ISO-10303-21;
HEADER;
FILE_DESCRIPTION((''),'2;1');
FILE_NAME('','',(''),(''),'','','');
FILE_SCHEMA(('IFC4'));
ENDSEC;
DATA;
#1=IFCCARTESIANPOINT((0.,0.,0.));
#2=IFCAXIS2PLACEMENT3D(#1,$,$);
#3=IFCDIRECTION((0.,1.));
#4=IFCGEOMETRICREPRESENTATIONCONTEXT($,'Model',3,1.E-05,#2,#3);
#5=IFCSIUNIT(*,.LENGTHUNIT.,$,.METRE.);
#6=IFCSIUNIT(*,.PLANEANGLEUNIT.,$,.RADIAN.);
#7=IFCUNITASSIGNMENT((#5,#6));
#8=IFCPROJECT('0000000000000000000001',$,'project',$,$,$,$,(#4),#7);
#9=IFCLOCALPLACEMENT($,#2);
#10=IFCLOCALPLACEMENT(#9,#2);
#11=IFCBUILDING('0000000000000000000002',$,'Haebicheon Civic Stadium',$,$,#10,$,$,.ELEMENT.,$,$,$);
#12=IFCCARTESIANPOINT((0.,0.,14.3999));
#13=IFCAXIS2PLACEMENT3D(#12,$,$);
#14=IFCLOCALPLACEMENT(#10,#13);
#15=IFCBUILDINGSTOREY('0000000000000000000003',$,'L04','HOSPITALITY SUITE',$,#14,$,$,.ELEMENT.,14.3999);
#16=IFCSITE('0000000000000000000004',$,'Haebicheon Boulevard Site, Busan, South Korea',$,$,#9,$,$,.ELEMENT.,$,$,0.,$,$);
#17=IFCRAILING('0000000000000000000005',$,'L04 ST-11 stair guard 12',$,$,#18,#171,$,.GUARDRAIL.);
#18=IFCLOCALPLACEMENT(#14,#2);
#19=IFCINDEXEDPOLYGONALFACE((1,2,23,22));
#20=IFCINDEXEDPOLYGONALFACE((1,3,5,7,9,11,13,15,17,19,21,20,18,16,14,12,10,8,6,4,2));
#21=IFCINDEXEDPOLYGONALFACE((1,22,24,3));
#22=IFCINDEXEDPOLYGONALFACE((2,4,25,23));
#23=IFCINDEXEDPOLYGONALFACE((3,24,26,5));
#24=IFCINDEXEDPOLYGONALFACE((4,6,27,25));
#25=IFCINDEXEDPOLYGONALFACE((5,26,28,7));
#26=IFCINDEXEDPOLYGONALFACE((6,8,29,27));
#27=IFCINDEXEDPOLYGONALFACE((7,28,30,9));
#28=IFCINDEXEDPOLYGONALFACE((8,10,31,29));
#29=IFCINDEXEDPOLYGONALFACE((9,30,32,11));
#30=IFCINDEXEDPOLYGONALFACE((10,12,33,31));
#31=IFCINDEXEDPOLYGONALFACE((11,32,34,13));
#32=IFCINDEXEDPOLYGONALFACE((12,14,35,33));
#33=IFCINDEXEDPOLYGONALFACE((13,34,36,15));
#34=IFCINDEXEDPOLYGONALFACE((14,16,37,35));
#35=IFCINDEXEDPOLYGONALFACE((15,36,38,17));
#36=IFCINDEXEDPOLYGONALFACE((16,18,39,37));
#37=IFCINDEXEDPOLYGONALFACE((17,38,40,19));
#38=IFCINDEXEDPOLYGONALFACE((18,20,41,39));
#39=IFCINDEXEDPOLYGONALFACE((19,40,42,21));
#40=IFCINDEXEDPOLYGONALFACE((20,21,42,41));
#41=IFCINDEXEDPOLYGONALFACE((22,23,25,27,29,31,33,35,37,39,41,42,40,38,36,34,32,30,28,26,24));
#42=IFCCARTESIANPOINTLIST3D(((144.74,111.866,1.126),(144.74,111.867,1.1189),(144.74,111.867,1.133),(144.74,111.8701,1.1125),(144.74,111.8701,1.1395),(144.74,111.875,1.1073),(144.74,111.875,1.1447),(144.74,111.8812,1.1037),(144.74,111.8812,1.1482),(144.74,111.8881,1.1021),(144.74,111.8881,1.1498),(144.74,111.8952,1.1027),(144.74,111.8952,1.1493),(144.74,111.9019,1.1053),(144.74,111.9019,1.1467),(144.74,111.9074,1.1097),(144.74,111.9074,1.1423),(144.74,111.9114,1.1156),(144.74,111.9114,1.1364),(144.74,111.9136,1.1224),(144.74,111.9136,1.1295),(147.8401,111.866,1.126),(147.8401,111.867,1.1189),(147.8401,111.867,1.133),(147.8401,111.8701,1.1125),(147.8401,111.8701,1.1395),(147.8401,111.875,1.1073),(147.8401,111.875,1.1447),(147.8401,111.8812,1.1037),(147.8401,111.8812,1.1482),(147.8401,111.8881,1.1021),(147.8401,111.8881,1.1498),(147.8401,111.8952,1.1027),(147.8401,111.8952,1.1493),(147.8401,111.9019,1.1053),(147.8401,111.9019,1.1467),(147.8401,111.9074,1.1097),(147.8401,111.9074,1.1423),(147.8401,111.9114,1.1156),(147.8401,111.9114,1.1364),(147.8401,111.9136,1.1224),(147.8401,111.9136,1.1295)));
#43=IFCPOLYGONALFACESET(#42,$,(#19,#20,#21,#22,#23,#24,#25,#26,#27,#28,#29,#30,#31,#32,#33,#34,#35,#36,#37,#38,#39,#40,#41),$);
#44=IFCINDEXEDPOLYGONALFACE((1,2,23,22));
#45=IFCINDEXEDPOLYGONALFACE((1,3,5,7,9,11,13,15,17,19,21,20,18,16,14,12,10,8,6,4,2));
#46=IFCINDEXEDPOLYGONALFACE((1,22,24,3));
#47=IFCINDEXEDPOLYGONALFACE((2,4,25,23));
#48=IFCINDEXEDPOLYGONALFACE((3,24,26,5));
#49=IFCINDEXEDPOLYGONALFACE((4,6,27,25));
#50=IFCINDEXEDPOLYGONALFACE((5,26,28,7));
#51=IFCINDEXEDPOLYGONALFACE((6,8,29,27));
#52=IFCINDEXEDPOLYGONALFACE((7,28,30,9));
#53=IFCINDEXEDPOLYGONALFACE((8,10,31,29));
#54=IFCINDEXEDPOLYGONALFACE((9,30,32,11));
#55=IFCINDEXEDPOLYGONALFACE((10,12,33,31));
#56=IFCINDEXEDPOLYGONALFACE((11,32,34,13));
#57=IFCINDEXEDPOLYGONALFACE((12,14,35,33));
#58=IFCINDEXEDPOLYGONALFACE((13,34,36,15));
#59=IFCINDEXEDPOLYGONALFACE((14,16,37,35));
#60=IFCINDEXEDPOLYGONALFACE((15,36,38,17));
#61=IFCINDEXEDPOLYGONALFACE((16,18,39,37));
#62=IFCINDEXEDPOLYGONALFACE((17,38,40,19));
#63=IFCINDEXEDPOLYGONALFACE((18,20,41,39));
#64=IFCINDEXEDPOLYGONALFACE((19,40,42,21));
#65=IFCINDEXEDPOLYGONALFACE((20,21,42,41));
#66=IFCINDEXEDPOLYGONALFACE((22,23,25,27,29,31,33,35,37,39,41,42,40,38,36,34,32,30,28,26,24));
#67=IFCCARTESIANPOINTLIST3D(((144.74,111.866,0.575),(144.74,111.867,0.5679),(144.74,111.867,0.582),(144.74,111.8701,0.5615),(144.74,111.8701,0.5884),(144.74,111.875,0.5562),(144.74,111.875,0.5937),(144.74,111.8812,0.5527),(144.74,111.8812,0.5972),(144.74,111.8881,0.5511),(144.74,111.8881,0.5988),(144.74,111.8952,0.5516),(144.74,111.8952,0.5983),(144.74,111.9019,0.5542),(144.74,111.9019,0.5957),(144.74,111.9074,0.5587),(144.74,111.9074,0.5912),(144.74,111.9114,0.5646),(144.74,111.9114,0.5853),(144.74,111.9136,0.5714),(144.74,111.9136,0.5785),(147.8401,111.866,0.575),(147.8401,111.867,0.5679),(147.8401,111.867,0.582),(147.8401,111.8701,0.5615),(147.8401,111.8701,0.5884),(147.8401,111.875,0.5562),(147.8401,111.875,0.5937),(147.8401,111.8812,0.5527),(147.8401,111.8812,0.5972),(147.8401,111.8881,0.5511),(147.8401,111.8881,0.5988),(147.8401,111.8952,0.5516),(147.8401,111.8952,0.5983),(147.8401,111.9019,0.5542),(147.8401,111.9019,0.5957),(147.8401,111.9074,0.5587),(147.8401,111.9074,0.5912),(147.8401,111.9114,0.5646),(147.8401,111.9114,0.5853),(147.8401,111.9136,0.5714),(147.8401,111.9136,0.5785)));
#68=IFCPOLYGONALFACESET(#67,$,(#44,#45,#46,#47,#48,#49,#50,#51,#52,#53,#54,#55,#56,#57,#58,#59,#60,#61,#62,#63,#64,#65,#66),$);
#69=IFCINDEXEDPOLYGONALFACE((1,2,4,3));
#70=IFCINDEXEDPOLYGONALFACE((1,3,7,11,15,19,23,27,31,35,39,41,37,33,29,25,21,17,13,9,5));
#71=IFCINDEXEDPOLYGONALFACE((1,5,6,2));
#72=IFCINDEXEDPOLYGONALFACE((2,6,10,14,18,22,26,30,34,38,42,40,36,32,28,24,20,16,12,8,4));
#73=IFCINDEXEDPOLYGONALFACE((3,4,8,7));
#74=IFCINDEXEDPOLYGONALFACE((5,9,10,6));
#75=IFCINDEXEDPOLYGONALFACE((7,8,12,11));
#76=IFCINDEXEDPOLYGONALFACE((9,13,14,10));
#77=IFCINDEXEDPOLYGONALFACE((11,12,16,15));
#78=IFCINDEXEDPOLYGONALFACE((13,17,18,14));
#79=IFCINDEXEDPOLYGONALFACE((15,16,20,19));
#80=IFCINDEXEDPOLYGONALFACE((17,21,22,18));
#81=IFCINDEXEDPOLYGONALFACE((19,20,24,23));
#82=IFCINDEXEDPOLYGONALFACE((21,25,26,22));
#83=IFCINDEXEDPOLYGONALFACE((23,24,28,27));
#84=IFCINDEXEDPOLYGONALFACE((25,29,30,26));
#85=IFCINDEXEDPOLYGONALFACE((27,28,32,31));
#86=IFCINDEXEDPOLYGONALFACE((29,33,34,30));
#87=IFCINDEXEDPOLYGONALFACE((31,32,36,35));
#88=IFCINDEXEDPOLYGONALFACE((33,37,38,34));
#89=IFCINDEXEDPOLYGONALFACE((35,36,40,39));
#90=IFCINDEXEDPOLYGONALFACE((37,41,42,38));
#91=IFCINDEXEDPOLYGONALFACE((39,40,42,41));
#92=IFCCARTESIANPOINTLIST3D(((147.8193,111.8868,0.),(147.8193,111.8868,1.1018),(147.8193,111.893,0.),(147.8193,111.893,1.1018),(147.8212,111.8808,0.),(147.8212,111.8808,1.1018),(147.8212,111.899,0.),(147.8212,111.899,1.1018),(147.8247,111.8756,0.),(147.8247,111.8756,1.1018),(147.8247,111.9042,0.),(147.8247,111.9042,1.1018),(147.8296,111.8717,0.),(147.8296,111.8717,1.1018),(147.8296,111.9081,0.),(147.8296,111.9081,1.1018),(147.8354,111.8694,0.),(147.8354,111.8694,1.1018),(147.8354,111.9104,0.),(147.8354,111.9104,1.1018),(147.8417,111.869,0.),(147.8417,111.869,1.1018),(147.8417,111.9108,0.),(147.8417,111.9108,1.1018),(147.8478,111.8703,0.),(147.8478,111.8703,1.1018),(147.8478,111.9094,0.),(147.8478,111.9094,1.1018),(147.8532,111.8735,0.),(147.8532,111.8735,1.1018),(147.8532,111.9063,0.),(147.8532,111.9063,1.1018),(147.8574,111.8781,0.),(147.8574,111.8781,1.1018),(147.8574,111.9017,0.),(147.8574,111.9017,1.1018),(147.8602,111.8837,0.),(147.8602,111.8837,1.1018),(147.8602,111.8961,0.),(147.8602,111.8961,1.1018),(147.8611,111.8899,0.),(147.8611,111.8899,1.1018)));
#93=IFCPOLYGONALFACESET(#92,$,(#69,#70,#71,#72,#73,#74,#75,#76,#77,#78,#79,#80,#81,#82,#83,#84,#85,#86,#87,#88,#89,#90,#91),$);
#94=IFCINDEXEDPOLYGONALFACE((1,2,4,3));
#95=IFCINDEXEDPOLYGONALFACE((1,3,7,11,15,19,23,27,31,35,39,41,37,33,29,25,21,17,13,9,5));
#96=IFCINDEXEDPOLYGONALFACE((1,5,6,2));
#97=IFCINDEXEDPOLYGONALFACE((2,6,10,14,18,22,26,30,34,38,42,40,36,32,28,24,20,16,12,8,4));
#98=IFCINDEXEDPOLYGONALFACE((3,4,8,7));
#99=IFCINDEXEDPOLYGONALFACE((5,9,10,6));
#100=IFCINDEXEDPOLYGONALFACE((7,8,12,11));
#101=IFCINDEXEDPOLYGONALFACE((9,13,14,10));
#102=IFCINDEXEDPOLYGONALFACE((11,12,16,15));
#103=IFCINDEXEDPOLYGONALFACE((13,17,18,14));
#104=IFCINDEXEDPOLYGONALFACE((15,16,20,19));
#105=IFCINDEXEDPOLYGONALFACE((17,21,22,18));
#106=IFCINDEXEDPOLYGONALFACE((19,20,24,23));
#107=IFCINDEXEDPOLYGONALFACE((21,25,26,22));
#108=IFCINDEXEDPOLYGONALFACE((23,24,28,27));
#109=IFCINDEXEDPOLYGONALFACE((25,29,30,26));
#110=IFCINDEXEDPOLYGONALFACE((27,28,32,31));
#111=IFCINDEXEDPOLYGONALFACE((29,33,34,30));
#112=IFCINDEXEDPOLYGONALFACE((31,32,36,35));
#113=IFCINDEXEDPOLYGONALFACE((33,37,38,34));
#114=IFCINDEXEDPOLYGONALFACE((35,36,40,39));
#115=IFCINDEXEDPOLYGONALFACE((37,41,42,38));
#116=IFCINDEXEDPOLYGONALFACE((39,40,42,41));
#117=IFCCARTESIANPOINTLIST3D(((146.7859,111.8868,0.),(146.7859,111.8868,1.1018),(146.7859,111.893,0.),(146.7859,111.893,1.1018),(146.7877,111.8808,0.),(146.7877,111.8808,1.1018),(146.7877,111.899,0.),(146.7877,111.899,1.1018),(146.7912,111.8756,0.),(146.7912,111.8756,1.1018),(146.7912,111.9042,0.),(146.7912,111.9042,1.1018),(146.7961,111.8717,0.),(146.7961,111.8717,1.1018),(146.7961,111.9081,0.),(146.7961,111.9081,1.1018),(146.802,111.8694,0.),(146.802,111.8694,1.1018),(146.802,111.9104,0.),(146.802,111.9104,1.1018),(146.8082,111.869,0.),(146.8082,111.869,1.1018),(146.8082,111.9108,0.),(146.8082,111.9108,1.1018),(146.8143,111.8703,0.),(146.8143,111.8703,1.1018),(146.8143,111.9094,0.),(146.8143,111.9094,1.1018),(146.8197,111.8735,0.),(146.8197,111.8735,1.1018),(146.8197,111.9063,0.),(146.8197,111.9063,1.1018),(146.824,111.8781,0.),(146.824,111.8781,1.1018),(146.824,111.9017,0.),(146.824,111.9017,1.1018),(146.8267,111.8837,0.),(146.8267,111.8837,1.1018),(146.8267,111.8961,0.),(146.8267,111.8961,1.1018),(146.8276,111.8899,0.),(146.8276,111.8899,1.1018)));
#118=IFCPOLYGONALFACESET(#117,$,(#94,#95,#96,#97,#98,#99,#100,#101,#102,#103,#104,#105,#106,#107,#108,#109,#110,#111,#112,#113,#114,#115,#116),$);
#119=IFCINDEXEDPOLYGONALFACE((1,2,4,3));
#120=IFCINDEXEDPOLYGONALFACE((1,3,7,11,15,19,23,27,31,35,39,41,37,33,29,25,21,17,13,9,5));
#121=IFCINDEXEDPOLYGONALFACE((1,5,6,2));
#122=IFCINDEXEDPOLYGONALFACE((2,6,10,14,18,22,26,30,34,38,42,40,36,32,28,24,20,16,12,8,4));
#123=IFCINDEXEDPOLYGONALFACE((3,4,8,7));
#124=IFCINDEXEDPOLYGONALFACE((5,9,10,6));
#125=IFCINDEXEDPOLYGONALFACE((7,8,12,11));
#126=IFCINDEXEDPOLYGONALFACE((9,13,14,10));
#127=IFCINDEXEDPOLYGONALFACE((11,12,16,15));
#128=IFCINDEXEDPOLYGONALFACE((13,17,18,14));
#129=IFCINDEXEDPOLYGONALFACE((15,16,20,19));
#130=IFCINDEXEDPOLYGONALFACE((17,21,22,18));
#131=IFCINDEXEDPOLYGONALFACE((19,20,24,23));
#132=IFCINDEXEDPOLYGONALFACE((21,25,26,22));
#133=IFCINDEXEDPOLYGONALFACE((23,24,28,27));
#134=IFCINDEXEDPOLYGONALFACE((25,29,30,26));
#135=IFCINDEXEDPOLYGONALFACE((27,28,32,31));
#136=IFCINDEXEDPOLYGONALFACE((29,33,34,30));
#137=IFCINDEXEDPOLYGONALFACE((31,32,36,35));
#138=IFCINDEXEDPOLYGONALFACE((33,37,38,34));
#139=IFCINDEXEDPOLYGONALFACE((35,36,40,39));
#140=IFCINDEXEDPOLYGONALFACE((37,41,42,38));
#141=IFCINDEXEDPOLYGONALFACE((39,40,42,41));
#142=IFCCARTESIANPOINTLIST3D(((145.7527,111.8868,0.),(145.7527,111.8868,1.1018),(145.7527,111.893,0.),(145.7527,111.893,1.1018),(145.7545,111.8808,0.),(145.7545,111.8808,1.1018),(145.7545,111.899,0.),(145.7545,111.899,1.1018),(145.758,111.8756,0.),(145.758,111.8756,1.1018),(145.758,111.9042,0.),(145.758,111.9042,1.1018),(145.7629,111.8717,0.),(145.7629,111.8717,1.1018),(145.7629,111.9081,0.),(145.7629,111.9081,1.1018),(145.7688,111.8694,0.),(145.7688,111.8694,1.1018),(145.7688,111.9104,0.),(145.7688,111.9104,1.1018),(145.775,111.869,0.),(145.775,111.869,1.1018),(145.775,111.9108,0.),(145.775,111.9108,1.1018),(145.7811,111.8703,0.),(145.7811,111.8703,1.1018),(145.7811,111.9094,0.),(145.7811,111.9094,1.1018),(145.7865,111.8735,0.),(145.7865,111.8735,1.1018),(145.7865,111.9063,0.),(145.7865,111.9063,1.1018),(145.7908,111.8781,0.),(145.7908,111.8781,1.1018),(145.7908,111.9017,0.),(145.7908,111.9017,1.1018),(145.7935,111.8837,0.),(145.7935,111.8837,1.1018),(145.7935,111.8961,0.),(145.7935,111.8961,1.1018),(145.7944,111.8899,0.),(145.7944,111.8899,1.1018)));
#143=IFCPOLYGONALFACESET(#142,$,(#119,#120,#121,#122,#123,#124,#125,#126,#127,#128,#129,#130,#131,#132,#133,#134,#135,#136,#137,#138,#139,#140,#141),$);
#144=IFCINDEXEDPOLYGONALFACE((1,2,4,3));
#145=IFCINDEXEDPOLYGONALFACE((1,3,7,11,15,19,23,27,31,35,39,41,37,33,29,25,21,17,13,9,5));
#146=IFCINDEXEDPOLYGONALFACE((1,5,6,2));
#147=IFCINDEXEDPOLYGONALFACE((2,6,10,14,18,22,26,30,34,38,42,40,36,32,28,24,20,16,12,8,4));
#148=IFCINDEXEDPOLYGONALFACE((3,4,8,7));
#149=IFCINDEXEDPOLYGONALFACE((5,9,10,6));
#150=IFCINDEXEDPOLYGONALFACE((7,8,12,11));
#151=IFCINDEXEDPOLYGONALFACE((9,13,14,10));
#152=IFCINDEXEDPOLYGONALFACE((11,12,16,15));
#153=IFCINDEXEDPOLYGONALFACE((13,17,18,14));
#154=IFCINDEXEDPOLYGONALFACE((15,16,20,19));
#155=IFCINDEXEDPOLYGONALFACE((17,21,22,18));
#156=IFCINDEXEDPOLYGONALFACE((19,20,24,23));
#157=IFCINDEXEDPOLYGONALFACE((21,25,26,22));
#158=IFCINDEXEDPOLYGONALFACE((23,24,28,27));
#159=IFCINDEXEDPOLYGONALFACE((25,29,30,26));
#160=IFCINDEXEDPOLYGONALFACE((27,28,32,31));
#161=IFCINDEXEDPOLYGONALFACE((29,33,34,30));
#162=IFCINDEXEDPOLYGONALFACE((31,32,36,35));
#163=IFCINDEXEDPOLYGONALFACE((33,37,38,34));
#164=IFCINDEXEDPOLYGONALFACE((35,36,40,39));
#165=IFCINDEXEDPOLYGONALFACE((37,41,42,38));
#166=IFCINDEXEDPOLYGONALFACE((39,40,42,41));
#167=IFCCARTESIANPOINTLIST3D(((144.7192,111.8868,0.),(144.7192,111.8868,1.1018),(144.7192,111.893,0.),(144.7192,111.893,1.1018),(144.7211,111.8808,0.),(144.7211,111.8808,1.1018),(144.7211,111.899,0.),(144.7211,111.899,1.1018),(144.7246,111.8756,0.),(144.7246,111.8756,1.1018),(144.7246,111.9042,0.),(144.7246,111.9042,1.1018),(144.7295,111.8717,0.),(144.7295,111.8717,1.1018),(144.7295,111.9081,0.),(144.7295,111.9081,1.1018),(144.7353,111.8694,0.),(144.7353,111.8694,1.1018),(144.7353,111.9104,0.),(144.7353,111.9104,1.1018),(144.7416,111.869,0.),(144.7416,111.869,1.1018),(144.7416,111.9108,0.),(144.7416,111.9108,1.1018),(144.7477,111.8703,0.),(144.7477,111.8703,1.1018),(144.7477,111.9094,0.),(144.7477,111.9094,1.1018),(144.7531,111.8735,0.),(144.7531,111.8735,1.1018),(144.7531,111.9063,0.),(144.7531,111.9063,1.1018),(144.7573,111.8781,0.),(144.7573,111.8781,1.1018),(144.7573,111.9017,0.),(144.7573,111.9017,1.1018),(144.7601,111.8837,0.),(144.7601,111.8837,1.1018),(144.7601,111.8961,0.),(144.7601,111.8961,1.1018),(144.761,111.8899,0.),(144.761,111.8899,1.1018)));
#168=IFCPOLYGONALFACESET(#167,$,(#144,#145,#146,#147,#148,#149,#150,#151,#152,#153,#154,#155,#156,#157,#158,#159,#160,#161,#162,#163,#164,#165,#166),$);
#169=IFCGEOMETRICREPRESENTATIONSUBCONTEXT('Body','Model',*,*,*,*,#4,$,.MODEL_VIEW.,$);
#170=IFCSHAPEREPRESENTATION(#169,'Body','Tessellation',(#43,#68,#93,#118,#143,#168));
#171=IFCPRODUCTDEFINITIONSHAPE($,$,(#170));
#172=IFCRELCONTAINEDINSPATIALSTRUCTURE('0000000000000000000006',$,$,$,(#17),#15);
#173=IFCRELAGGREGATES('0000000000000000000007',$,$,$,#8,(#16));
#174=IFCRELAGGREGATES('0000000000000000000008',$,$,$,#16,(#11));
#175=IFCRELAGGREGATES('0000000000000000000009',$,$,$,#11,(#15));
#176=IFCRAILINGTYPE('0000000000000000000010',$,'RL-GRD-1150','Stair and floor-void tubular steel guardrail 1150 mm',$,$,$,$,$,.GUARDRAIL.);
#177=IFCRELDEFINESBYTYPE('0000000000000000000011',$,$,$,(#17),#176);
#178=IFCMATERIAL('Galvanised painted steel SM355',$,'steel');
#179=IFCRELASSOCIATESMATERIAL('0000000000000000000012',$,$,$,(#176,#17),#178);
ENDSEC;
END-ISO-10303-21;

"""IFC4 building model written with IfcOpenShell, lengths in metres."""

from ifc_helpers import new_model, si_unit, direction, frame, origin, origin_2d, place, context, subcontext, project, spatial, circle, extrude, material, type_object, element, save


model = new_model("IFC4")

# Units and contexts
model_context = context("Model", 3, precision=1e-05, world=origin(), true_north=direction((0.0, 1.0)))
body_context = subcontext(model_context, "Body", "Model", "MODEL_VIEW")
ifc_project = project(units=[si_unit("LENGTHUNIT", "METRE"), si_unit("PLANEANGLEUNIT", "RADIAN")], contexts=[model_context])

# Site, building, storey
site_placement = place(None, origin())
site = spatial("IfcSite", under=ifc_project, at=site_placement, Name="Haebicheon Boulevard Site, Busan, South Korea", CompositionType="ELEMENT", RefElevation=0.0)
building_placement = place(site_placement, origin())
building = spatial("IfcBuilding", under=site, at=building_placement, Name="Haebicheon Civic Stadium", CompositionType="ELEMENT")
storey_placement = place(building_placement, frame((0.0, 0.0, 14.3999)))
storey = spatial("IfcBuildingStorey", under=building, at=storey_placement, Name="L04", Description="HOSPITALITY SUITE", CompositionType="ELEMENT", Elevation=14.3999)

# Railing
ifc_material_1 = material(Name="Galvanised painted steel SM355", Category="steel")
railing_type = type_object("IfcRailingType", Name="RL-GRD-1150", Description="Stair and floor-void tubular steel guardrail 1150 mm", PredefinedType="GUARDRAIL", material=ifc_material_1)
railing_1_placement = place(storey_placement, frame((147.8401, 111.8899, 0.0)))
element("IfcRailing", 1, at=railing_1_placement, inside=storey, type_object=railing_type, material=ifc_material_1, Name="L04 ST-11 stair guard 12", PredefinedType="GUARDRAIL", context=body_context, shape_type="SweptSolid", body=[
    extrude(circle(Radius=0.0239, at=origin_2d()), frame((0.0, 0.0, 1.126), z_axis=(-1.0, 0.0, 0.0), x_axis=(0.0, -1.0, 0.0)), (0.0, 0.0, 1.0), 3.1001),
    extrude(circle(Radius=0.0239, at=origin_2d()), frame((0.0, 0.0, 0.575), z_axis=(-1.0, 0.0, 0.0), x_axis=(0.0, -1.0, 0.0)), (0.0, 0.0, 1.0), 3.1001),
    extrude(circle(Radius=0.021, at=origin_2d()), origin(), (0.0, 0.0, 1.0), 1.1018),
    extrude(circle(Radius=0.021, at=origin_2d()), frame((-1.0334, 0.0, 0.0)), (0.0, 0.0, 1.0), 1.1018),
    extrude(circle(Radius=0.021, at=origin_2d()), frame((-2.0667, 0.0, 0.0)), (0.0, 0.0, 1.0), 1.1018),
    extrude(circle(Radius=0.021, at=origin_2d()), frame((-3.1001, 0.0, 0.0)), (0.0, 0.0, 1.0), 1.1018),
])

save(model, "model.ifc")
